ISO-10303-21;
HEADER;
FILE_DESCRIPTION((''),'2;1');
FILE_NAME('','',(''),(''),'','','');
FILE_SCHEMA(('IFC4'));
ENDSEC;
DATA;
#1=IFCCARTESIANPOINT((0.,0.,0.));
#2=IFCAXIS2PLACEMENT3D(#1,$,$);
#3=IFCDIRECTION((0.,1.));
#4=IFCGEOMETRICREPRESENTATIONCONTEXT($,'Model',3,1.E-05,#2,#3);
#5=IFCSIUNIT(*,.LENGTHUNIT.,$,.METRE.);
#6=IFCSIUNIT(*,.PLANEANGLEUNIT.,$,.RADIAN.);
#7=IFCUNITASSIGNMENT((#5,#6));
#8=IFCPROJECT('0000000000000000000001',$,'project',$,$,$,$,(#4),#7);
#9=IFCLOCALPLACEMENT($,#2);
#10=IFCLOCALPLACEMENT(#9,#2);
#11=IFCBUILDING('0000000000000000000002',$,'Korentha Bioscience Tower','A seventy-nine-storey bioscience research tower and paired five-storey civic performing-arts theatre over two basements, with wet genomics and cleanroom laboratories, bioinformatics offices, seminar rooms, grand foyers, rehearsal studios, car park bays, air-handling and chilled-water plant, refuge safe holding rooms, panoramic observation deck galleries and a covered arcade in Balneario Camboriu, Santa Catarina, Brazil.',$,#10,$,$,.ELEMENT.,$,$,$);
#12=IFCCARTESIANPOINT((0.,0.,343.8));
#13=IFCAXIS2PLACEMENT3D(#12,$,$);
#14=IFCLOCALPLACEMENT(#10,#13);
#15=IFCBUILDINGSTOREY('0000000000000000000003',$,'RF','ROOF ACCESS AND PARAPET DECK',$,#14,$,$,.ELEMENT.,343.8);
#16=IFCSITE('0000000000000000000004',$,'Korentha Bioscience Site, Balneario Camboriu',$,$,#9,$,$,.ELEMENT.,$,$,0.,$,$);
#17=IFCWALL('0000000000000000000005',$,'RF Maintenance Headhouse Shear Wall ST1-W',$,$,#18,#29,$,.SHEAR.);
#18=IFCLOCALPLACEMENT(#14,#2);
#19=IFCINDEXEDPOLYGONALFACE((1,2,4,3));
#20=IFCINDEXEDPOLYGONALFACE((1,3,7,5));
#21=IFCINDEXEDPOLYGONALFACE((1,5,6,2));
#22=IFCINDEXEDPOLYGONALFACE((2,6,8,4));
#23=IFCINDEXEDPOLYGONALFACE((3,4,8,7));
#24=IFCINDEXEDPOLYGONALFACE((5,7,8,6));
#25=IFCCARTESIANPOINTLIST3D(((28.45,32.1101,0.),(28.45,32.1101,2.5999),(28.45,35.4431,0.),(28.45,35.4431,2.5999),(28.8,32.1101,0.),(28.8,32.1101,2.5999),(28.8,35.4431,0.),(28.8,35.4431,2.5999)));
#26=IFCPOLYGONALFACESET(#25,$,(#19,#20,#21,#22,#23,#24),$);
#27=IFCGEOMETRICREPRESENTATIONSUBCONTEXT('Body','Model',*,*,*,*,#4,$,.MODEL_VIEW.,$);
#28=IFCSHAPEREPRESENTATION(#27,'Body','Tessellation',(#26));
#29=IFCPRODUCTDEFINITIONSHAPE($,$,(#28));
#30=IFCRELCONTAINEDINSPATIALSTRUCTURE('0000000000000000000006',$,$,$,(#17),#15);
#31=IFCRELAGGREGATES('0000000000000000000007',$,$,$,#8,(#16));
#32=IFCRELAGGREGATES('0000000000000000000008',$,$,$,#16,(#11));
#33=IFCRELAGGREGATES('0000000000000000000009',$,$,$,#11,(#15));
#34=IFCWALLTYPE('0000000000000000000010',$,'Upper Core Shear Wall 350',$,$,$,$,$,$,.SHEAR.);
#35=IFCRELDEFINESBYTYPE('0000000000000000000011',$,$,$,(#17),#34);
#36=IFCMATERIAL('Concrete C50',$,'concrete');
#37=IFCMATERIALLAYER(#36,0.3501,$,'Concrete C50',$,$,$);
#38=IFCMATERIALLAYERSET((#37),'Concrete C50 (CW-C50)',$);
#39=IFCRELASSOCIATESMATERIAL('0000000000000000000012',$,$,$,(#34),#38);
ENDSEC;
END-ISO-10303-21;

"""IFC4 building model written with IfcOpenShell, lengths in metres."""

from ifc_helpers import new_model, si_unit, direction, frame, frame_2d, origin, place, context, subcontext, project, spatial, rectangle, extrude, material, layer, layer_set, type_object, element, save


model = new_model("IFC4")

# Units and contexts
model_context = context("Model", 3, precision=1e-05, world=origin(), true_north=direction((0.0, 1.0)))
body_context = subcontext(model_context, "Body", "Model", "MODEL_VIEW")
ifc_project = project(units=[si_unit("LENGTHUNIT", "METRE"), si_unit("PLANEANGLEUNIT", "RADIAN")], contexts=[model_context])

# Site, building, storey
site_placement = place(None, origin())
site = spatial("IfcSite", under=ifc_project, at=site_placement, Name="Korentha Bioscience Site, Balneario Camboriu", CompositionType="ELEMENT", RefElevation=0.0)
building_placement = place(site_placement, origin())
building = spatial("IfcBuilding", under=site, at=building_placement, Name="Korentha Bioscience Tower", Description="A seventy-nine-storey bioscience research tower and paired five-storey civic performing-arts theatre over two basements, with wet genomics and cleanroom laboratories, bioinformatics offices, seminar rooms, grand foyers, rehearsal studios, car park bays, air-handling and chilled-water plant, refuge safe holding rooms, panoramic observation deck galleries and a covered arcade in Balneario Camboriu, Santa Catarina, Brazil.", CompositionType="ELEMENT")
storey_placement = place(building_placement, frame((0.0, 0.0, 343.8)))
storey = spatial("IfcBuildingStorey", under=building, at=storey_placement, Name="RF", Description="ROOF ACCESS AND PARAPET DECK", CompositionType="ELEMENT", Elevation=343.8)

# Wall
ifc_material_1 = material(Name="Concrete C50", Category="concrete")
ifc_layer_1 = layer(ifc_material_1, 0.3501, Name="Concrete C50")
ifc_layer_set_1 = layer_set([ifc_layer_1], Name="Concrete C50 (CW-C50)")
wall_type_1 = type_object("IfcWallType", Name="Upper Core Shear Wall 350", PredefinedType="SHEAR", material=ifc_layer_set_1)
wall_1_placement = place(storey_placement, frame((28.625, 32.1101, 0.0), z_axis=(0.0, 0.0, 1.0), x_axis=(0.0, 1.0, 0.0)))
element("IfcWall", 1, at=wall_1_placement, inside=storey, type_object=wall_type_1, Name="RF Maintenance Headhouse Shear Wall ST1-W", PredefinedType="SHEAR", context=body_context, shape_type="SweptSolid", body=[
    extrude(rectangle(XDim=3.333, YDim=0.3501, at=frame_2d((1.6665, 0.0))), origin(), (0.0, 0.0, 1.0), 2.5999),
])

save(model, "model.ifc")
